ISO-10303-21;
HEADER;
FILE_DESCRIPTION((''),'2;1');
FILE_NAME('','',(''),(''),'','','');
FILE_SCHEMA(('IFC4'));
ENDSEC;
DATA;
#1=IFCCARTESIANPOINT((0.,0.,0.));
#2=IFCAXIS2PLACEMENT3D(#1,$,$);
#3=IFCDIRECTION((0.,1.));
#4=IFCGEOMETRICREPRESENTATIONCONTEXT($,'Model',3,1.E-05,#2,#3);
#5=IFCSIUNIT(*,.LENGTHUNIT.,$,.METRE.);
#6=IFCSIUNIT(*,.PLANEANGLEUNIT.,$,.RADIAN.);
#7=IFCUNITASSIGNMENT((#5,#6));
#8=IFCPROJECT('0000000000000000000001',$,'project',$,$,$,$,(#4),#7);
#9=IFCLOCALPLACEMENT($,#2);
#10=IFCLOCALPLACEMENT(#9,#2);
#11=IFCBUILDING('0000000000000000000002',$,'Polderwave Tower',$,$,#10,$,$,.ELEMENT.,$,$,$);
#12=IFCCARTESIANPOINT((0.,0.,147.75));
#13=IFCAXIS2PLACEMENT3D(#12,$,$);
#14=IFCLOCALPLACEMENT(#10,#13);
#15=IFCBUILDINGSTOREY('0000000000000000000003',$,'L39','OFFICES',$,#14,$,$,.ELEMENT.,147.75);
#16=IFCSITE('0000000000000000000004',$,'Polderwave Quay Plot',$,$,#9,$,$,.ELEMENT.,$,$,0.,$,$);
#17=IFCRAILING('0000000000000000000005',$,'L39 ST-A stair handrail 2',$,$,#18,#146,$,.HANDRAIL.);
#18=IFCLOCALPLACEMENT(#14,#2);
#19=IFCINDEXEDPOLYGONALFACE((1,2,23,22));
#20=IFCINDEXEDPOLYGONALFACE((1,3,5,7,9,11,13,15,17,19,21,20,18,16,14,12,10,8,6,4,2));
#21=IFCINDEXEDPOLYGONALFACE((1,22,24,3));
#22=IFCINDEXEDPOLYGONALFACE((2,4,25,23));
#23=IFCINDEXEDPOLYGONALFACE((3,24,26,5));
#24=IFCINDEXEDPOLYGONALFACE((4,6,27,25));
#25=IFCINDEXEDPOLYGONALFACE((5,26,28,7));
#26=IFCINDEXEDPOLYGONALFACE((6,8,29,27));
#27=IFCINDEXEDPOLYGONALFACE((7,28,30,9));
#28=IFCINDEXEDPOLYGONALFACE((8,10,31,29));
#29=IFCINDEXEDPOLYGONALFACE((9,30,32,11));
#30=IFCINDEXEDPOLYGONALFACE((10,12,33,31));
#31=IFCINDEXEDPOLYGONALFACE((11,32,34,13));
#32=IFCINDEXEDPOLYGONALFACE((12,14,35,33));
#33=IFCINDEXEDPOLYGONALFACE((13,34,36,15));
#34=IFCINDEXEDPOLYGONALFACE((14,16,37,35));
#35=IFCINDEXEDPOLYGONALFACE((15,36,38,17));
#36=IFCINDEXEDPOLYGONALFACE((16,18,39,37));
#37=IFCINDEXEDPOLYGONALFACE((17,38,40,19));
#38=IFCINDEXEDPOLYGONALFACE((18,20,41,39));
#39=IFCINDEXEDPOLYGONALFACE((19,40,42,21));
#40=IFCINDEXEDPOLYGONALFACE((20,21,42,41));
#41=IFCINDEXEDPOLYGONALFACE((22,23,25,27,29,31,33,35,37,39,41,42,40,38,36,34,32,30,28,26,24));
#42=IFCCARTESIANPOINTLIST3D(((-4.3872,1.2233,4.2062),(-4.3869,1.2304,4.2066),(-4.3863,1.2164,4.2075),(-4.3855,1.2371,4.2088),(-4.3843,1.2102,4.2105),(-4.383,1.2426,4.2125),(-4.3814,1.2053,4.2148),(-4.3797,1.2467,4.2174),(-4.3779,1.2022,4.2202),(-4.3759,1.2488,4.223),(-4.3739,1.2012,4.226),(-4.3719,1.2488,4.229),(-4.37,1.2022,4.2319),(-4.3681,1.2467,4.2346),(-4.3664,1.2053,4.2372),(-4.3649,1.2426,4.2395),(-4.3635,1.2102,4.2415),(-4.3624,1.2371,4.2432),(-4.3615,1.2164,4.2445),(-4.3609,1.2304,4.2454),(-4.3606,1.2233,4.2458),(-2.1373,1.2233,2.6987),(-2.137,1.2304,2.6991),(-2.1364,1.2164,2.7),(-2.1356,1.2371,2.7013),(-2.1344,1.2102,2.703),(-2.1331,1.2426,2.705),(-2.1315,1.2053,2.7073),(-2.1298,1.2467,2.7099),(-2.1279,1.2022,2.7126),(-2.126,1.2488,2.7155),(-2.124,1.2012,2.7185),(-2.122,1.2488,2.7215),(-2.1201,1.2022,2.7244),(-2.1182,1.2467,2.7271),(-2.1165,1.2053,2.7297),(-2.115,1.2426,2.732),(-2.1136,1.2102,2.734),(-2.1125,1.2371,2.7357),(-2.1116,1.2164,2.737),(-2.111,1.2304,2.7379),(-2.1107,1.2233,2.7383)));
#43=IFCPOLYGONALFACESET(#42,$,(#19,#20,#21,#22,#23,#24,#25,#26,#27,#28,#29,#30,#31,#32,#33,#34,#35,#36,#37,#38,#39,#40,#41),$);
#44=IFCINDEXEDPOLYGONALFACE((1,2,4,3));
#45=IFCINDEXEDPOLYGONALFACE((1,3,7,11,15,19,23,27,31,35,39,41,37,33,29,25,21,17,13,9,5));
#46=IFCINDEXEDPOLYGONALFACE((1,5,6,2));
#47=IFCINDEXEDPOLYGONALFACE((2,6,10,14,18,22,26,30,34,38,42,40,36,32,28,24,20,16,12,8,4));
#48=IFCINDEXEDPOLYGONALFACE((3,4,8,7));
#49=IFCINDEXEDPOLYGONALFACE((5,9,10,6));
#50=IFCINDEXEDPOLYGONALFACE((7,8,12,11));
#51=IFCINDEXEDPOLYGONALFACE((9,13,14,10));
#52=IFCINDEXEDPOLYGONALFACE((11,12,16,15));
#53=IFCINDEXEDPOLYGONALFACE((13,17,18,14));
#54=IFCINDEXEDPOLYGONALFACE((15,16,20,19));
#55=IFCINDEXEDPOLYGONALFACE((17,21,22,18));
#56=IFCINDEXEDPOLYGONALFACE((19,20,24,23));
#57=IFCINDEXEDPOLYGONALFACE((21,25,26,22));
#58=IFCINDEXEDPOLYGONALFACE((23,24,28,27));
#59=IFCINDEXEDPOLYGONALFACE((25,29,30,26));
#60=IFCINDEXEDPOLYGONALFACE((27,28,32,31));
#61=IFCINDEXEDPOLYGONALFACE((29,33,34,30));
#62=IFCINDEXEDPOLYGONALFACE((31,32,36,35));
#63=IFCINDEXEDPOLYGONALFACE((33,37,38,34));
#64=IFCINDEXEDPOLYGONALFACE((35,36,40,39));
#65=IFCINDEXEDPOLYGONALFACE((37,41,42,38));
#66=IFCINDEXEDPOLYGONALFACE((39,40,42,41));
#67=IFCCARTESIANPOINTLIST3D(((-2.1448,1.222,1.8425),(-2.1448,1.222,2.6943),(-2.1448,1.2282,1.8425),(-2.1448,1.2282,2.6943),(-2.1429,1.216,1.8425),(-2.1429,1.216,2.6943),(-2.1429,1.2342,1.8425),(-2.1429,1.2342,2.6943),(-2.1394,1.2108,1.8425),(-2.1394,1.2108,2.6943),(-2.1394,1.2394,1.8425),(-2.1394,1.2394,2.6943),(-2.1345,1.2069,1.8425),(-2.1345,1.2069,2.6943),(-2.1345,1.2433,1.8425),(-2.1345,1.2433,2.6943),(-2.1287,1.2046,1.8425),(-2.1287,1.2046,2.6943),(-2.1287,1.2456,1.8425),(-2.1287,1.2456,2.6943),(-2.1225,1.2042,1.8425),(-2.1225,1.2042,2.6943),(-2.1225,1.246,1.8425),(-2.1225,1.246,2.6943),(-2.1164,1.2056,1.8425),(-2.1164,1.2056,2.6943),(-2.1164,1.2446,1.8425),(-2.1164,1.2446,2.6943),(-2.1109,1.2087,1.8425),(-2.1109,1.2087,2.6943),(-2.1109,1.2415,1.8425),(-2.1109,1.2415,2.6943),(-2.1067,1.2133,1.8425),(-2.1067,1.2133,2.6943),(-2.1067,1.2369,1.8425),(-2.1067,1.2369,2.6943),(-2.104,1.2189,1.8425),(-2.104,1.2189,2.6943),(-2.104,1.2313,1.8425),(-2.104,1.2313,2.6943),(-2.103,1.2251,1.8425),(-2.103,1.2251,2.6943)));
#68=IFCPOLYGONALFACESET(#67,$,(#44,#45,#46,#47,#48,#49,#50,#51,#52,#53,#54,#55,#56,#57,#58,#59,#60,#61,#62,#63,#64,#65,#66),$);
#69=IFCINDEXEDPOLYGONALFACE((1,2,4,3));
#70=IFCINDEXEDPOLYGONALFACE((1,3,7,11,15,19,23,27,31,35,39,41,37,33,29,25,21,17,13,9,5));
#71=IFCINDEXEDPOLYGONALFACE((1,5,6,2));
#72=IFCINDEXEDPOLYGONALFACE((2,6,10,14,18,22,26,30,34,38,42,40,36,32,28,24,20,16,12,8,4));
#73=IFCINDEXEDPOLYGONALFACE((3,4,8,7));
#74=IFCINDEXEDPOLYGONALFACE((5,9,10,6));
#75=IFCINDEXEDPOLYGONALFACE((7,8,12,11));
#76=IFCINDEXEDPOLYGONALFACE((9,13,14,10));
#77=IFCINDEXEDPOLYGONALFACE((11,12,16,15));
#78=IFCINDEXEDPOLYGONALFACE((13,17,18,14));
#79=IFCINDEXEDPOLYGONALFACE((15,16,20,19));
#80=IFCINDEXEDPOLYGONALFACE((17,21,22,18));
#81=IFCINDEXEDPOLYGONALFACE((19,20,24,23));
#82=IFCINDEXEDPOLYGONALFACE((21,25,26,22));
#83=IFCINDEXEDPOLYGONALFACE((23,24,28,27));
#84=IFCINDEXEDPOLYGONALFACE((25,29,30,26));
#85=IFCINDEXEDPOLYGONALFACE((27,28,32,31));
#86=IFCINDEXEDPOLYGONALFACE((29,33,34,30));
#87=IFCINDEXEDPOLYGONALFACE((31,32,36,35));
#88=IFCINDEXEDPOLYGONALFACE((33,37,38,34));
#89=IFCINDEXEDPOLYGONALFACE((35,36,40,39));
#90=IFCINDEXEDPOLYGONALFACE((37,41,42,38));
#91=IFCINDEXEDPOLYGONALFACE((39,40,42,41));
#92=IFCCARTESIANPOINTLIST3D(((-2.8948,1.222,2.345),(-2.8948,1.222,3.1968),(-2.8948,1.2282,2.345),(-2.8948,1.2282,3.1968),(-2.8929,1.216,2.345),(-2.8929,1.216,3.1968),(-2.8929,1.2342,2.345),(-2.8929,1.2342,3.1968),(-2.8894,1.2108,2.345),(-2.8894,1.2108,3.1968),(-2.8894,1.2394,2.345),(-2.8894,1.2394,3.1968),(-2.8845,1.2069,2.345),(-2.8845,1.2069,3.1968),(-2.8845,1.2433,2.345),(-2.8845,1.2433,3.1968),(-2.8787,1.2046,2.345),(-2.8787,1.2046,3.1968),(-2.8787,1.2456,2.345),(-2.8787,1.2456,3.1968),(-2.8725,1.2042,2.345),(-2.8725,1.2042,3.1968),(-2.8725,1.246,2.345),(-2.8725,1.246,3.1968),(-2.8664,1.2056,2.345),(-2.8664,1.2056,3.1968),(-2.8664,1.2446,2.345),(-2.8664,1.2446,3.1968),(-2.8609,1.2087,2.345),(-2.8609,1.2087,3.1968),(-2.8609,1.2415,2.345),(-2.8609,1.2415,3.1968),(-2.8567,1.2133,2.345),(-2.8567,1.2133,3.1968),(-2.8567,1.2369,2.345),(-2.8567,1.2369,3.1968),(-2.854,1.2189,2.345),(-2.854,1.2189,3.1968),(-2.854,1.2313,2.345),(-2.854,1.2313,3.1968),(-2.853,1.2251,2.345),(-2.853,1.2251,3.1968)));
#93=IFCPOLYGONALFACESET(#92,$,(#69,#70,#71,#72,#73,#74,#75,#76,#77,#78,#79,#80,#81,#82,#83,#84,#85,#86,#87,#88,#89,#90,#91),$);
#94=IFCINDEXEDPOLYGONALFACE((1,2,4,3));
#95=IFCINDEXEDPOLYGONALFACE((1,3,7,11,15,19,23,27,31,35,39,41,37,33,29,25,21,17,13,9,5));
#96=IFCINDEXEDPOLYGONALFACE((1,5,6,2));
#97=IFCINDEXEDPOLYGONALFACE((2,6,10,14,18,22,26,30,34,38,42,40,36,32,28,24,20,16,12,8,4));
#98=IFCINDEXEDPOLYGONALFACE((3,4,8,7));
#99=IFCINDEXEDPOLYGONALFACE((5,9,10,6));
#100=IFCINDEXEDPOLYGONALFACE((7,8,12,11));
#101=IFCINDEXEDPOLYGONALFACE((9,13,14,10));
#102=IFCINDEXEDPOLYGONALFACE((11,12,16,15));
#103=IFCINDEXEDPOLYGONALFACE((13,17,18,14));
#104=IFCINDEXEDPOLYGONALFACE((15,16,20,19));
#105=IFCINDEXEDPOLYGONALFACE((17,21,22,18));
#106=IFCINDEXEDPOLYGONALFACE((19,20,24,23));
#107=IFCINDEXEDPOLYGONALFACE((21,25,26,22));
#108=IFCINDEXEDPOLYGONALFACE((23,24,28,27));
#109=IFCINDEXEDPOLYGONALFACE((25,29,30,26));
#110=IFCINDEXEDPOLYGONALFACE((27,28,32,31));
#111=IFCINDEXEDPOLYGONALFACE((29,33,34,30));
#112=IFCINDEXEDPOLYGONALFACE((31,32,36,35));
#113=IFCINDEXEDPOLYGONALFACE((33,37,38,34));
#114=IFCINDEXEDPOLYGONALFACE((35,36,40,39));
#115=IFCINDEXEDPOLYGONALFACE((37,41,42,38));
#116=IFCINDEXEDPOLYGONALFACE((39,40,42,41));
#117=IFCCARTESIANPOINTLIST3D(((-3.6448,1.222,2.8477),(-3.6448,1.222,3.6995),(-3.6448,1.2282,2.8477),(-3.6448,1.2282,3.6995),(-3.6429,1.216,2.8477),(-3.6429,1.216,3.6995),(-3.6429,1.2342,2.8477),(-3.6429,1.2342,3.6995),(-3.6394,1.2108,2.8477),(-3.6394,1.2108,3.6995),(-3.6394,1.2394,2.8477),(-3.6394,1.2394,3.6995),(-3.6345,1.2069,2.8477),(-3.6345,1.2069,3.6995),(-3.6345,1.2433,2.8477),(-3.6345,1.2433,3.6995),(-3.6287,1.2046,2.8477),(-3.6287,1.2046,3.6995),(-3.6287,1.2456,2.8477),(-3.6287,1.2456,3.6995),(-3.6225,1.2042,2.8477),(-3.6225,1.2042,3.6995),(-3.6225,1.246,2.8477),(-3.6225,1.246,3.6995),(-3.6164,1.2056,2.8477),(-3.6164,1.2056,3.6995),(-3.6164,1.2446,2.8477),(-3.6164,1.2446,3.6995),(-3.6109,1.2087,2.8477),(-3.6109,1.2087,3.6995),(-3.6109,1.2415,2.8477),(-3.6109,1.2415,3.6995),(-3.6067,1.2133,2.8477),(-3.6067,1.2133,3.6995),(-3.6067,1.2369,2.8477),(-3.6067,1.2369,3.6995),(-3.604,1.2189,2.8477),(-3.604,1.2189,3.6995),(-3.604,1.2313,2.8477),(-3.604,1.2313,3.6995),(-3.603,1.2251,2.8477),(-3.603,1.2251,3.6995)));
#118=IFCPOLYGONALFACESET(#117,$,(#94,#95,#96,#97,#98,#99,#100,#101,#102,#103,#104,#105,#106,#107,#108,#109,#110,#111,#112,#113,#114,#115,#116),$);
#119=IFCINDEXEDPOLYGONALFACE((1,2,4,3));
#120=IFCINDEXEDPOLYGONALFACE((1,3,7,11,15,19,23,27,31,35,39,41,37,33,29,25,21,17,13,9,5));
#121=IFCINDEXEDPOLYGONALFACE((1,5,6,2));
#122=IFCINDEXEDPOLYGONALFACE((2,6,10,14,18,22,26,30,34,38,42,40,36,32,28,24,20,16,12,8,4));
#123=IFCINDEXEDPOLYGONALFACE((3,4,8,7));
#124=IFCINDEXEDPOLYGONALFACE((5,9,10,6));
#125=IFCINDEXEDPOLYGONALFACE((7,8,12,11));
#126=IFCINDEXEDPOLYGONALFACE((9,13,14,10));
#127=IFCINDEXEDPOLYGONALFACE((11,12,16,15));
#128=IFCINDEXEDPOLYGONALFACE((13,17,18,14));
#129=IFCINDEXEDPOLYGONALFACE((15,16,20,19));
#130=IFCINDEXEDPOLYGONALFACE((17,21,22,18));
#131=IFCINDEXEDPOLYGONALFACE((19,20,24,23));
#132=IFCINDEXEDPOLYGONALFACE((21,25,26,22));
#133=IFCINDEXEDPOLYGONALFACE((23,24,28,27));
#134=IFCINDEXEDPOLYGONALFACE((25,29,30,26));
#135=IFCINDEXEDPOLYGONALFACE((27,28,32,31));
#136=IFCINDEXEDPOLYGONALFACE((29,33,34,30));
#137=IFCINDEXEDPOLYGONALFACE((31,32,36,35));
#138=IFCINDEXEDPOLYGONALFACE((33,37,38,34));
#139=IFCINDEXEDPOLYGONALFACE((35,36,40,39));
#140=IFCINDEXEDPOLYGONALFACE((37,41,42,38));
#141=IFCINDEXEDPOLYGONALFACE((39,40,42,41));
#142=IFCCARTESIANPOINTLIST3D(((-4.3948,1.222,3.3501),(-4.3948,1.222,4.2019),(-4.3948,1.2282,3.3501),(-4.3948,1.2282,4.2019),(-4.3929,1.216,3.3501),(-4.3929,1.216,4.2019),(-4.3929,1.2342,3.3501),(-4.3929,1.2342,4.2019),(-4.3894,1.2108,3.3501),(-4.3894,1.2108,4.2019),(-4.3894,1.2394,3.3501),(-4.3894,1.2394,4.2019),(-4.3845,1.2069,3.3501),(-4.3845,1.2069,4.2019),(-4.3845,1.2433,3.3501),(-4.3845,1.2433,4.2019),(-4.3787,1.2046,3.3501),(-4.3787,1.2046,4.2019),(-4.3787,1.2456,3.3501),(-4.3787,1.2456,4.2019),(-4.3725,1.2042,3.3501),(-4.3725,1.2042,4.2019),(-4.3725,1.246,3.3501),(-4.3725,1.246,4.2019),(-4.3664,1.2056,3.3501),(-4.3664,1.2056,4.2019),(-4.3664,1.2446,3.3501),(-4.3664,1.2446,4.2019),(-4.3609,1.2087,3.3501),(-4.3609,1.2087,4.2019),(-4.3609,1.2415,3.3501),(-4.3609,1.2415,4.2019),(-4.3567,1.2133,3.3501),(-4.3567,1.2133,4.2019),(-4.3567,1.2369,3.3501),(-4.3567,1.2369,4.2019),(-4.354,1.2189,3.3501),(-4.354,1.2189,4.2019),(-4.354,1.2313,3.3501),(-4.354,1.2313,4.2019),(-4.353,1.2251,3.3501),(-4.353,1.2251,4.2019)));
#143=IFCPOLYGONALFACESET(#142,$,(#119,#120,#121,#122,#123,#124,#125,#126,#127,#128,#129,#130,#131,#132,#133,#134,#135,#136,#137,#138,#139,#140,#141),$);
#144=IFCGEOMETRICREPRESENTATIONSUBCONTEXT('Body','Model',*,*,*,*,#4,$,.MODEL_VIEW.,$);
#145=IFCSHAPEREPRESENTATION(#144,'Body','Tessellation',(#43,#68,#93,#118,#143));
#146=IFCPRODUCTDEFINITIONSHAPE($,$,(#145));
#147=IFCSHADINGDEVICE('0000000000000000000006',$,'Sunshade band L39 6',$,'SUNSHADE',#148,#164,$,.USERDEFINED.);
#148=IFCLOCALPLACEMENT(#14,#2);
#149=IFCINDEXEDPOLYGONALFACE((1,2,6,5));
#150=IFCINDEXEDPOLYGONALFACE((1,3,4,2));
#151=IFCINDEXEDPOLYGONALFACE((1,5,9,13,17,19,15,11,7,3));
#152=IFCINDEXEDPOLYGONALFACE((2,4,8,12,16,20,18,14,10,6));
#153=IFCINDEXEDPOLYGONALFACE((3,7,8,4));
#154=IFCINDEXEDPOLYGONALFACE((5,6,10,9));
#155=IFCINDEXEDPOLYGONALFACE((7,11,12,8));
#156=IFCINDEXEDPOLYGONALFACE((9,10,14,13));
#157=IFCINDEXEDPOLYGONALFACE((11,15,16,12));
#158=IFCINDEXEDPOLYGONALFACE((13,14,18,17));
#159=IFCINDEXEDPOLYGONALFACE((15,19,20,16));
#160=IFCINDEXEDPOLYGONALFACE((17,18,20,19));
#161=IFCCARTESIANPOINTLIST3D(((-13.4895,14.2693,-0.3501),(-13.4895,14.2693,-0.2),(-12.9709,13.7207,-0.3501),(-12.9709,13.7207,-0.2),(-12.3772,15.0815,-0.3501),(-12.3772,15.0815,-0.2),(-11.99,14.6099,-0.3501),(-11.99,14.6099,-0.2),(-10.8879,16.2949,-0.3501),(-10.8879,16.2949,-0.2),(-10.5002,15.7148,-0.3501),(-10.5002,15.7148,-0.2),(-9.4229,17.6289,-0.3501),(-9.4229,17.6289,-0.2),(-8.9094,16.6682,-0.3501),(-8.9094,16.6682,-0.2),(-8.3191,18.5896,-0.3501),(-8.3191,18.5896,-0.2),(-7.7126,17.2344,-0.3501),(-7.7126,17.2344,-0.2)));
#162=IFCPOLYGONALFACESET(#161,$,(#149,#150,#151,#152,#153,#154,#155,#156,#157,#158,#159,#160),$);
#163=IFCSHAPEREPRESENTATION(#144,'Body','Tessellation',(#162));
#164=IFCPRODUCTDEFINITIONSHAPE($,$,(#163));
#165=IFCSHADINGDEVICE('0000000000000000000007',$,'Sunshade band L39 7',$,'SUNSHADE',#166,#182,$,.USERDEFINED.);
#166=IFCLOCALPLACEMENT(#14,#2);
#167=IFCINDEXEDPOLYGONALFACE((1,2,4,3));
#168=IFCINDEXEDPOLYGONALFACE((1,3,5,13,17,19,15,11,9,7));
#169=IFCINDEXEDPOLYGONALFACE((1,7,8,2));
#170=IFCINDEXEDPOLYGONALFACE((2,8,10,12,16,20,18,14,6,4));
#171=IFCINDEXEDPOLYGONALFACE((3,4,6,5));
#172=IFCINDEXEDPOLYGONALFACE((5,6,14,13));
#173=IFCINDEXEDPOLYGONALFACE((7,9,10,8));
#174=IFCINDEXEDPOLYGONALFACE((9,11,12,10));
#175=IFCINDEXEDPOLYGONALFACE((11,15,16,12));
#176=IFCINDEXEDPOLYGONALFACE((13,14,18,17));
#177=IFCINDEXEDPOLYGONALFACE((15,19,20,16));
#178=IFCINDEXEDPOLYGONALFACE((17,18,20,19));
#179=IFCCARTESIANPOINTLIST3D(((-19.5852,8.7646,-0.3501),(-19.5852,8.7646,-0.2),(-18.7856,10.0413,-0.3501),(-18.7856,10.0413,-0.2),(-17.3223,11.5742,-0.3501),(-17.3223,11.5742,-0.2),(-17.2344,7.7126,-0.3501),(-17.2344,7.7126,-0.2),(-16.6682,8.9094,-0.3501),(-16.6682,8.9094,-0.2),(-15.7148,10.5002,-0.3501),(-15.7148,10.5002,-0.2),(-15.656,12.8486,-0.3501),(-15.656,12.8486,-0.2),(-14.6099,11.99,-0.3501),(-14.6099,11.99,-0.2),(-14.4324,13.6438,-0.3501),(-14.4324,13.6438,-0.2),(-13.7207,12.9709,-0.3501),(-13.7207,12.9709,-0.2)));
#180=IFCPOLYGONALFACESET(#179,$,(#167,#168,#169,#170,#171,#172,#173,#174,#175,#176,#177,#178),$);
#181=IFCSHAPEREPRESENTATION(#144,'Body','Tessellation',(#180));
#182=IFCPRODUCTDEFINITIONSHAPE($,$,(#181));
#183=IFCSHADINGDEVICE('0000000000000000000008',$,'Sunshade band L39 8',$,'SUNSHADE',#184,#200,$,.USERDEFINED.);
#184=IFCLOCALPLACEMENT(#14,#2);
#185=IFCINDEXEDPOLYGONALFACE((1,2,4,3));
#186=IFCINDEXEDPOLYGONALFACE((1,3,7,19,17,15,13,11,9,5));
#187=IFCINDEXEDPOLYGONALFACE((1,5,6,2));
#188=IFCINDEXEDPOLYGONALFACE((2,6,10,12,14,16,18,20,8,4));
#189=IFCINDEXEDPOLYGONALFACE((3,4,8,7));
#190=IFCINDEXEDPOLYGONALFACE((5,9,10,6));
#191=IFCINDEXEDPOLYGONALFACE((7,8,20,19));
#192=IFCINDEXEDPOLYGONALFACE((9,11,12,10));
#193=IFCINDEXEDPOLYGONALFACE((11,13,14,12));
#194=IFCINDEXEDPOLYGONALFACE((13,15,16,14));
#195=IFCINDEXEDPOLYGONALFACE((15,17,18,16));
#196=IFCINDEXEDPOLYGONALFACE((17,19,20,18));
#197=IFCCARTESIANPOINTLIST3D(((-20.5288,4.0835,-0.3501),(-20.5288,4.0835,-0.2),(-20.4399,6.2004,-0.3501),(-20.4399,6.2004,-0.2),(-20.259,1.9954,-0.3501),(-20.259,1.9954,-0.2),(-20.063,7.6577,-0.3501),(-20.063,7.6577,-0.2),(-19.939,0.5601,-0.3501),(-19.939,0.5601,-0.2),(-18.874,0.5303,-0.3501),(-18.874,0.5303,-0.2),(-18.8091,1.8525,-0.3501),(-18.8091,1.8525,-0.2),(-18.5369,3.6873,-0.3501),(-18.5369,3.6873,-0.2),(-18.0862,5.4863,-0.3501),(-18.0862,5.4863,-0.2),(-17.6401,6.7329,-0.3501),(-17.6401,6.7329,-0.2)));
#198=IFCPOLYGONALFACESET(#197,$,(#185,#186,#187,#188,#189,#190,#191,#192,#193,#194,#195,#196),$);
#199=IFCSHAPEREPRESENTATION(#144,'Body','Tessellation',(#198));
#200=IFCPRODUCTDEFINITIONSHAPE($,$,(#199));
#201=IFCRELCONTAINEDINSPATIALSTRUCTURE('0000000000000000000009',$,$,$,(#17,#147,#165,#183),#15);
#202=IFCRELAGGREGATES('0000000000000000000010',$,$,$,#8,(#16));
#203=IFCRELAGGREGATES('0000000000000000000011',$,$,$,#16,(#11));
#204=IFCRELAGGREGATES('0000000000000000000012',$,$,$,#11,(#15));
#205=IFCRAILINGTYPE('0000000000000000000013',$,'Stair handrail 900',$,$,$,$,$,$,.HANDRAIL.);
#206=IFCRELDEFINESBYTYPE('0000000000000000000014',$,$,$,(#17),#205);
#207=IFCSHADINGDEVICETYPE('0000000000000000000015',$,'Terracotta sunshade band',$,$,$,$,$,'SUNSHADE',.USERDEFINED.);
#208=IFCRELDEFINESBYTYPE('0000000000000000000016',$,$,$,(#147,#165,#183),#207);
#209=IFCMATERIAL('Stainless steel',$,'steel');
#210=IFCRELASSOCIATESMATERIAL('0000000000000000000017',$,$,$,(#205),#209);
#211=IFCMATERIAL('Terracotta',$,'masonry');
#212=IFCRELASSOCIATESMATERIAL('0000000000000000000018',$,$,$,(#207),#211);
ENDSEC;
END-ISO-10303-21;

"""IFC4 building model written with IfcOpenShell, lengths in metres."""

from ifc_helpers import new_model, si_unit, direction, frame, origin, origin_2d, place, context, subcontext, project, spatial, polyline, circle, outline, extrude, material, type_object, element, save


model = new_model("IFC4")

# Units and contexts
model_context = context("Model", 3, precision=1e-05, world=origin(), true_north=direction((0.0, 1.0)))
body_context = subcontext(model_context, "Body", "Model", "MODEL_VIEW")
ifc_project = project(units=[si_unit("LENGTHUNIT", "METRE"), si_unit("PLANEANGLEUNIT", "RADIAN")], contexts=[model_context])

# Site, building, storey
site_placement = place(None, origin())
site = spatial("IfcSite", under=ifc_project, at=site_placement, Name="Polderwave Quay Plot", CompositionType="ELEMENT", RefElevation=0.0)
building_placement = place(site_placement, origin())
building = spatial("IfcBuilding", under=site, at=building_placement, Name="Polderwave Tower", CompositionType="ELEMENT")
storey_placement = place(building_placement, frame((0.0, 0.0, 147.75)))
storey = spatial("IfcBuildingStorey", under=building, at=storey_placement, Name="L39", Description="OFFICES", CompositionType="ELEMENT", Elevation=147.75)

# Shared definitions
ifc_material_1 = material(Name="Stainless steel", Category="steel")

# Railing
railing_type_1 = type_object("IfcRailingType", Name="Stair handrail 900", PredefinedType="HANDRAIL", material=ifc_material_1)
railing_1_placement = place(storey_placement, frame((-2.124, 1.2251, 1.8425)))
element("IfcRailing", 1, at=railing_1_placement, inside=storey, type_object=railing_type_1, Name="L39 ST-A stair handrail 2", PredefinedType="HANDRAIL", context=body_context, shape_type="SweptSolid", body=[
    extrude(circle(Radius=0.0239, at=origin_2d()), frame((0.0, 0.0, 0.876), z_axis=(-0.830758, 0.0, 0.556633), x_axis=(0.0, -1.0, 0.0)), (0.0, 0.0, 1.0), 2.7083),
    extrude(circle(Radius=0.021, at=origin_2d()), origin(), (0.0, 0.0, 1.0), 0.8518),
    extrude(circle(Radius=0.021, at=origin_2d()), frame((-0.75, 0.0, 0.5024)), (0.0, 0.0, 1.0), 0.8518),
    extrude(circle(Radius=0.021, at=origin_2d()), frame((-1.5, 0.0, 1.0051)), (0.0, 0.0, 1.0), 0.8518),
    extrude(circle(Radius=0.021, at=origin_2d()), frame((-2.25, 0.0, 1.5076)), (0.0, 0.0, 1.0), 0.8518),
])

# Shading devices
ifc_material_2 = material(Name="Terracotta", Category="masonry")
shading_device_type = type_object("IfcShadingDeviceType", Name="Terracotta sunshade band", ElementType="SUNSHADE", PredefinedType="USERDEFINED", material=ifc_material_2)
shading_device_1_placement = place(storey_placement, frame((0.0, 0.0, -0.3501)))
element("IfcShadingDevice", 2, at=shading_device_1_placement, inside=storey, type_object=shading_device_type, Name="Sunshade band L39 6", ObjectType="SUNSHADE", PredefinedType="USERDEFINED", context=body_context, shape_type="SweptSolid", body=[
    extrude(outline(polyline([(-7.7126, 17.2344), (-8.9094, 16.6682), (-10.5002, 15.7148), (-11.99, 14.6099), (-12.9709, 13.7207), (-13.4895, 14.2693), (-12.3772, 15.0815), (-10.8879, 16.2949), (-9.4229, 17.6289), (-8.3191, 18.5896), (-7.7126, 17.2344)])), origin(), (0.0, 0.0, 1.0), 0.1501),
])
shading_device_2_placement = place(storey_placement, frame((0.0, 0.0, -0.3501)))
element("IfcShadingDevice", 3, at=shading_device_2_placement, inside=storey, type_object=shading_device_type, Name="Sunshade band L39 7", ObjectType="SUNSHADE", PredefinedType="USERDEFINED", context=body_context, shape_type="SweptSolid", body=[
    extrude(outline(polyline([(-13.7207, 12.9709), (-14.6099, 11.99), (-15.7148, 10.5002), (-16.6682, 8.9094), (-17.2344, 7.7126), (-19.5852, 8.7646), (-18.7856, 10.0413), (-17.3223, 11.5742), (-15.656, 12.8486), (-14.4324, 13.6438), (-13.7207, 12.9709)])), origin(), (0.0, 0.0, 1.0), 0.1501),
])
shading_device_3_placement = place(storey_placement, frame((0.0, 0.0, -0.3501)))
element("IfcShadingDevice", 4, at=shading_device_3_placement, inside=storey, type_object=shading_device_type, Name="Sunshade band L39 8", ObjectType="SUNSHADE", PredefinedType="USERDEFINED", context=body_context, shape_type="SweptSolid", body=[
    extrude(outline(polyline([(-17.6401, 6.7329), (-18.0862, 5.4863), (-18.5369, 3.6873), (-18.8091, 1.8525), (-18.874, 0.5303), (-19.939, 0.5601), (-20.259, 1.9954), (-20.5288, 4.0835), (-20.4399, 6.2004), (-20.063, 7.6577), (-17.6401, 6.7329)])), origin(), (0.0, 0.0, 1.0), 0.1501),
])

save(model, "model.ifc")
